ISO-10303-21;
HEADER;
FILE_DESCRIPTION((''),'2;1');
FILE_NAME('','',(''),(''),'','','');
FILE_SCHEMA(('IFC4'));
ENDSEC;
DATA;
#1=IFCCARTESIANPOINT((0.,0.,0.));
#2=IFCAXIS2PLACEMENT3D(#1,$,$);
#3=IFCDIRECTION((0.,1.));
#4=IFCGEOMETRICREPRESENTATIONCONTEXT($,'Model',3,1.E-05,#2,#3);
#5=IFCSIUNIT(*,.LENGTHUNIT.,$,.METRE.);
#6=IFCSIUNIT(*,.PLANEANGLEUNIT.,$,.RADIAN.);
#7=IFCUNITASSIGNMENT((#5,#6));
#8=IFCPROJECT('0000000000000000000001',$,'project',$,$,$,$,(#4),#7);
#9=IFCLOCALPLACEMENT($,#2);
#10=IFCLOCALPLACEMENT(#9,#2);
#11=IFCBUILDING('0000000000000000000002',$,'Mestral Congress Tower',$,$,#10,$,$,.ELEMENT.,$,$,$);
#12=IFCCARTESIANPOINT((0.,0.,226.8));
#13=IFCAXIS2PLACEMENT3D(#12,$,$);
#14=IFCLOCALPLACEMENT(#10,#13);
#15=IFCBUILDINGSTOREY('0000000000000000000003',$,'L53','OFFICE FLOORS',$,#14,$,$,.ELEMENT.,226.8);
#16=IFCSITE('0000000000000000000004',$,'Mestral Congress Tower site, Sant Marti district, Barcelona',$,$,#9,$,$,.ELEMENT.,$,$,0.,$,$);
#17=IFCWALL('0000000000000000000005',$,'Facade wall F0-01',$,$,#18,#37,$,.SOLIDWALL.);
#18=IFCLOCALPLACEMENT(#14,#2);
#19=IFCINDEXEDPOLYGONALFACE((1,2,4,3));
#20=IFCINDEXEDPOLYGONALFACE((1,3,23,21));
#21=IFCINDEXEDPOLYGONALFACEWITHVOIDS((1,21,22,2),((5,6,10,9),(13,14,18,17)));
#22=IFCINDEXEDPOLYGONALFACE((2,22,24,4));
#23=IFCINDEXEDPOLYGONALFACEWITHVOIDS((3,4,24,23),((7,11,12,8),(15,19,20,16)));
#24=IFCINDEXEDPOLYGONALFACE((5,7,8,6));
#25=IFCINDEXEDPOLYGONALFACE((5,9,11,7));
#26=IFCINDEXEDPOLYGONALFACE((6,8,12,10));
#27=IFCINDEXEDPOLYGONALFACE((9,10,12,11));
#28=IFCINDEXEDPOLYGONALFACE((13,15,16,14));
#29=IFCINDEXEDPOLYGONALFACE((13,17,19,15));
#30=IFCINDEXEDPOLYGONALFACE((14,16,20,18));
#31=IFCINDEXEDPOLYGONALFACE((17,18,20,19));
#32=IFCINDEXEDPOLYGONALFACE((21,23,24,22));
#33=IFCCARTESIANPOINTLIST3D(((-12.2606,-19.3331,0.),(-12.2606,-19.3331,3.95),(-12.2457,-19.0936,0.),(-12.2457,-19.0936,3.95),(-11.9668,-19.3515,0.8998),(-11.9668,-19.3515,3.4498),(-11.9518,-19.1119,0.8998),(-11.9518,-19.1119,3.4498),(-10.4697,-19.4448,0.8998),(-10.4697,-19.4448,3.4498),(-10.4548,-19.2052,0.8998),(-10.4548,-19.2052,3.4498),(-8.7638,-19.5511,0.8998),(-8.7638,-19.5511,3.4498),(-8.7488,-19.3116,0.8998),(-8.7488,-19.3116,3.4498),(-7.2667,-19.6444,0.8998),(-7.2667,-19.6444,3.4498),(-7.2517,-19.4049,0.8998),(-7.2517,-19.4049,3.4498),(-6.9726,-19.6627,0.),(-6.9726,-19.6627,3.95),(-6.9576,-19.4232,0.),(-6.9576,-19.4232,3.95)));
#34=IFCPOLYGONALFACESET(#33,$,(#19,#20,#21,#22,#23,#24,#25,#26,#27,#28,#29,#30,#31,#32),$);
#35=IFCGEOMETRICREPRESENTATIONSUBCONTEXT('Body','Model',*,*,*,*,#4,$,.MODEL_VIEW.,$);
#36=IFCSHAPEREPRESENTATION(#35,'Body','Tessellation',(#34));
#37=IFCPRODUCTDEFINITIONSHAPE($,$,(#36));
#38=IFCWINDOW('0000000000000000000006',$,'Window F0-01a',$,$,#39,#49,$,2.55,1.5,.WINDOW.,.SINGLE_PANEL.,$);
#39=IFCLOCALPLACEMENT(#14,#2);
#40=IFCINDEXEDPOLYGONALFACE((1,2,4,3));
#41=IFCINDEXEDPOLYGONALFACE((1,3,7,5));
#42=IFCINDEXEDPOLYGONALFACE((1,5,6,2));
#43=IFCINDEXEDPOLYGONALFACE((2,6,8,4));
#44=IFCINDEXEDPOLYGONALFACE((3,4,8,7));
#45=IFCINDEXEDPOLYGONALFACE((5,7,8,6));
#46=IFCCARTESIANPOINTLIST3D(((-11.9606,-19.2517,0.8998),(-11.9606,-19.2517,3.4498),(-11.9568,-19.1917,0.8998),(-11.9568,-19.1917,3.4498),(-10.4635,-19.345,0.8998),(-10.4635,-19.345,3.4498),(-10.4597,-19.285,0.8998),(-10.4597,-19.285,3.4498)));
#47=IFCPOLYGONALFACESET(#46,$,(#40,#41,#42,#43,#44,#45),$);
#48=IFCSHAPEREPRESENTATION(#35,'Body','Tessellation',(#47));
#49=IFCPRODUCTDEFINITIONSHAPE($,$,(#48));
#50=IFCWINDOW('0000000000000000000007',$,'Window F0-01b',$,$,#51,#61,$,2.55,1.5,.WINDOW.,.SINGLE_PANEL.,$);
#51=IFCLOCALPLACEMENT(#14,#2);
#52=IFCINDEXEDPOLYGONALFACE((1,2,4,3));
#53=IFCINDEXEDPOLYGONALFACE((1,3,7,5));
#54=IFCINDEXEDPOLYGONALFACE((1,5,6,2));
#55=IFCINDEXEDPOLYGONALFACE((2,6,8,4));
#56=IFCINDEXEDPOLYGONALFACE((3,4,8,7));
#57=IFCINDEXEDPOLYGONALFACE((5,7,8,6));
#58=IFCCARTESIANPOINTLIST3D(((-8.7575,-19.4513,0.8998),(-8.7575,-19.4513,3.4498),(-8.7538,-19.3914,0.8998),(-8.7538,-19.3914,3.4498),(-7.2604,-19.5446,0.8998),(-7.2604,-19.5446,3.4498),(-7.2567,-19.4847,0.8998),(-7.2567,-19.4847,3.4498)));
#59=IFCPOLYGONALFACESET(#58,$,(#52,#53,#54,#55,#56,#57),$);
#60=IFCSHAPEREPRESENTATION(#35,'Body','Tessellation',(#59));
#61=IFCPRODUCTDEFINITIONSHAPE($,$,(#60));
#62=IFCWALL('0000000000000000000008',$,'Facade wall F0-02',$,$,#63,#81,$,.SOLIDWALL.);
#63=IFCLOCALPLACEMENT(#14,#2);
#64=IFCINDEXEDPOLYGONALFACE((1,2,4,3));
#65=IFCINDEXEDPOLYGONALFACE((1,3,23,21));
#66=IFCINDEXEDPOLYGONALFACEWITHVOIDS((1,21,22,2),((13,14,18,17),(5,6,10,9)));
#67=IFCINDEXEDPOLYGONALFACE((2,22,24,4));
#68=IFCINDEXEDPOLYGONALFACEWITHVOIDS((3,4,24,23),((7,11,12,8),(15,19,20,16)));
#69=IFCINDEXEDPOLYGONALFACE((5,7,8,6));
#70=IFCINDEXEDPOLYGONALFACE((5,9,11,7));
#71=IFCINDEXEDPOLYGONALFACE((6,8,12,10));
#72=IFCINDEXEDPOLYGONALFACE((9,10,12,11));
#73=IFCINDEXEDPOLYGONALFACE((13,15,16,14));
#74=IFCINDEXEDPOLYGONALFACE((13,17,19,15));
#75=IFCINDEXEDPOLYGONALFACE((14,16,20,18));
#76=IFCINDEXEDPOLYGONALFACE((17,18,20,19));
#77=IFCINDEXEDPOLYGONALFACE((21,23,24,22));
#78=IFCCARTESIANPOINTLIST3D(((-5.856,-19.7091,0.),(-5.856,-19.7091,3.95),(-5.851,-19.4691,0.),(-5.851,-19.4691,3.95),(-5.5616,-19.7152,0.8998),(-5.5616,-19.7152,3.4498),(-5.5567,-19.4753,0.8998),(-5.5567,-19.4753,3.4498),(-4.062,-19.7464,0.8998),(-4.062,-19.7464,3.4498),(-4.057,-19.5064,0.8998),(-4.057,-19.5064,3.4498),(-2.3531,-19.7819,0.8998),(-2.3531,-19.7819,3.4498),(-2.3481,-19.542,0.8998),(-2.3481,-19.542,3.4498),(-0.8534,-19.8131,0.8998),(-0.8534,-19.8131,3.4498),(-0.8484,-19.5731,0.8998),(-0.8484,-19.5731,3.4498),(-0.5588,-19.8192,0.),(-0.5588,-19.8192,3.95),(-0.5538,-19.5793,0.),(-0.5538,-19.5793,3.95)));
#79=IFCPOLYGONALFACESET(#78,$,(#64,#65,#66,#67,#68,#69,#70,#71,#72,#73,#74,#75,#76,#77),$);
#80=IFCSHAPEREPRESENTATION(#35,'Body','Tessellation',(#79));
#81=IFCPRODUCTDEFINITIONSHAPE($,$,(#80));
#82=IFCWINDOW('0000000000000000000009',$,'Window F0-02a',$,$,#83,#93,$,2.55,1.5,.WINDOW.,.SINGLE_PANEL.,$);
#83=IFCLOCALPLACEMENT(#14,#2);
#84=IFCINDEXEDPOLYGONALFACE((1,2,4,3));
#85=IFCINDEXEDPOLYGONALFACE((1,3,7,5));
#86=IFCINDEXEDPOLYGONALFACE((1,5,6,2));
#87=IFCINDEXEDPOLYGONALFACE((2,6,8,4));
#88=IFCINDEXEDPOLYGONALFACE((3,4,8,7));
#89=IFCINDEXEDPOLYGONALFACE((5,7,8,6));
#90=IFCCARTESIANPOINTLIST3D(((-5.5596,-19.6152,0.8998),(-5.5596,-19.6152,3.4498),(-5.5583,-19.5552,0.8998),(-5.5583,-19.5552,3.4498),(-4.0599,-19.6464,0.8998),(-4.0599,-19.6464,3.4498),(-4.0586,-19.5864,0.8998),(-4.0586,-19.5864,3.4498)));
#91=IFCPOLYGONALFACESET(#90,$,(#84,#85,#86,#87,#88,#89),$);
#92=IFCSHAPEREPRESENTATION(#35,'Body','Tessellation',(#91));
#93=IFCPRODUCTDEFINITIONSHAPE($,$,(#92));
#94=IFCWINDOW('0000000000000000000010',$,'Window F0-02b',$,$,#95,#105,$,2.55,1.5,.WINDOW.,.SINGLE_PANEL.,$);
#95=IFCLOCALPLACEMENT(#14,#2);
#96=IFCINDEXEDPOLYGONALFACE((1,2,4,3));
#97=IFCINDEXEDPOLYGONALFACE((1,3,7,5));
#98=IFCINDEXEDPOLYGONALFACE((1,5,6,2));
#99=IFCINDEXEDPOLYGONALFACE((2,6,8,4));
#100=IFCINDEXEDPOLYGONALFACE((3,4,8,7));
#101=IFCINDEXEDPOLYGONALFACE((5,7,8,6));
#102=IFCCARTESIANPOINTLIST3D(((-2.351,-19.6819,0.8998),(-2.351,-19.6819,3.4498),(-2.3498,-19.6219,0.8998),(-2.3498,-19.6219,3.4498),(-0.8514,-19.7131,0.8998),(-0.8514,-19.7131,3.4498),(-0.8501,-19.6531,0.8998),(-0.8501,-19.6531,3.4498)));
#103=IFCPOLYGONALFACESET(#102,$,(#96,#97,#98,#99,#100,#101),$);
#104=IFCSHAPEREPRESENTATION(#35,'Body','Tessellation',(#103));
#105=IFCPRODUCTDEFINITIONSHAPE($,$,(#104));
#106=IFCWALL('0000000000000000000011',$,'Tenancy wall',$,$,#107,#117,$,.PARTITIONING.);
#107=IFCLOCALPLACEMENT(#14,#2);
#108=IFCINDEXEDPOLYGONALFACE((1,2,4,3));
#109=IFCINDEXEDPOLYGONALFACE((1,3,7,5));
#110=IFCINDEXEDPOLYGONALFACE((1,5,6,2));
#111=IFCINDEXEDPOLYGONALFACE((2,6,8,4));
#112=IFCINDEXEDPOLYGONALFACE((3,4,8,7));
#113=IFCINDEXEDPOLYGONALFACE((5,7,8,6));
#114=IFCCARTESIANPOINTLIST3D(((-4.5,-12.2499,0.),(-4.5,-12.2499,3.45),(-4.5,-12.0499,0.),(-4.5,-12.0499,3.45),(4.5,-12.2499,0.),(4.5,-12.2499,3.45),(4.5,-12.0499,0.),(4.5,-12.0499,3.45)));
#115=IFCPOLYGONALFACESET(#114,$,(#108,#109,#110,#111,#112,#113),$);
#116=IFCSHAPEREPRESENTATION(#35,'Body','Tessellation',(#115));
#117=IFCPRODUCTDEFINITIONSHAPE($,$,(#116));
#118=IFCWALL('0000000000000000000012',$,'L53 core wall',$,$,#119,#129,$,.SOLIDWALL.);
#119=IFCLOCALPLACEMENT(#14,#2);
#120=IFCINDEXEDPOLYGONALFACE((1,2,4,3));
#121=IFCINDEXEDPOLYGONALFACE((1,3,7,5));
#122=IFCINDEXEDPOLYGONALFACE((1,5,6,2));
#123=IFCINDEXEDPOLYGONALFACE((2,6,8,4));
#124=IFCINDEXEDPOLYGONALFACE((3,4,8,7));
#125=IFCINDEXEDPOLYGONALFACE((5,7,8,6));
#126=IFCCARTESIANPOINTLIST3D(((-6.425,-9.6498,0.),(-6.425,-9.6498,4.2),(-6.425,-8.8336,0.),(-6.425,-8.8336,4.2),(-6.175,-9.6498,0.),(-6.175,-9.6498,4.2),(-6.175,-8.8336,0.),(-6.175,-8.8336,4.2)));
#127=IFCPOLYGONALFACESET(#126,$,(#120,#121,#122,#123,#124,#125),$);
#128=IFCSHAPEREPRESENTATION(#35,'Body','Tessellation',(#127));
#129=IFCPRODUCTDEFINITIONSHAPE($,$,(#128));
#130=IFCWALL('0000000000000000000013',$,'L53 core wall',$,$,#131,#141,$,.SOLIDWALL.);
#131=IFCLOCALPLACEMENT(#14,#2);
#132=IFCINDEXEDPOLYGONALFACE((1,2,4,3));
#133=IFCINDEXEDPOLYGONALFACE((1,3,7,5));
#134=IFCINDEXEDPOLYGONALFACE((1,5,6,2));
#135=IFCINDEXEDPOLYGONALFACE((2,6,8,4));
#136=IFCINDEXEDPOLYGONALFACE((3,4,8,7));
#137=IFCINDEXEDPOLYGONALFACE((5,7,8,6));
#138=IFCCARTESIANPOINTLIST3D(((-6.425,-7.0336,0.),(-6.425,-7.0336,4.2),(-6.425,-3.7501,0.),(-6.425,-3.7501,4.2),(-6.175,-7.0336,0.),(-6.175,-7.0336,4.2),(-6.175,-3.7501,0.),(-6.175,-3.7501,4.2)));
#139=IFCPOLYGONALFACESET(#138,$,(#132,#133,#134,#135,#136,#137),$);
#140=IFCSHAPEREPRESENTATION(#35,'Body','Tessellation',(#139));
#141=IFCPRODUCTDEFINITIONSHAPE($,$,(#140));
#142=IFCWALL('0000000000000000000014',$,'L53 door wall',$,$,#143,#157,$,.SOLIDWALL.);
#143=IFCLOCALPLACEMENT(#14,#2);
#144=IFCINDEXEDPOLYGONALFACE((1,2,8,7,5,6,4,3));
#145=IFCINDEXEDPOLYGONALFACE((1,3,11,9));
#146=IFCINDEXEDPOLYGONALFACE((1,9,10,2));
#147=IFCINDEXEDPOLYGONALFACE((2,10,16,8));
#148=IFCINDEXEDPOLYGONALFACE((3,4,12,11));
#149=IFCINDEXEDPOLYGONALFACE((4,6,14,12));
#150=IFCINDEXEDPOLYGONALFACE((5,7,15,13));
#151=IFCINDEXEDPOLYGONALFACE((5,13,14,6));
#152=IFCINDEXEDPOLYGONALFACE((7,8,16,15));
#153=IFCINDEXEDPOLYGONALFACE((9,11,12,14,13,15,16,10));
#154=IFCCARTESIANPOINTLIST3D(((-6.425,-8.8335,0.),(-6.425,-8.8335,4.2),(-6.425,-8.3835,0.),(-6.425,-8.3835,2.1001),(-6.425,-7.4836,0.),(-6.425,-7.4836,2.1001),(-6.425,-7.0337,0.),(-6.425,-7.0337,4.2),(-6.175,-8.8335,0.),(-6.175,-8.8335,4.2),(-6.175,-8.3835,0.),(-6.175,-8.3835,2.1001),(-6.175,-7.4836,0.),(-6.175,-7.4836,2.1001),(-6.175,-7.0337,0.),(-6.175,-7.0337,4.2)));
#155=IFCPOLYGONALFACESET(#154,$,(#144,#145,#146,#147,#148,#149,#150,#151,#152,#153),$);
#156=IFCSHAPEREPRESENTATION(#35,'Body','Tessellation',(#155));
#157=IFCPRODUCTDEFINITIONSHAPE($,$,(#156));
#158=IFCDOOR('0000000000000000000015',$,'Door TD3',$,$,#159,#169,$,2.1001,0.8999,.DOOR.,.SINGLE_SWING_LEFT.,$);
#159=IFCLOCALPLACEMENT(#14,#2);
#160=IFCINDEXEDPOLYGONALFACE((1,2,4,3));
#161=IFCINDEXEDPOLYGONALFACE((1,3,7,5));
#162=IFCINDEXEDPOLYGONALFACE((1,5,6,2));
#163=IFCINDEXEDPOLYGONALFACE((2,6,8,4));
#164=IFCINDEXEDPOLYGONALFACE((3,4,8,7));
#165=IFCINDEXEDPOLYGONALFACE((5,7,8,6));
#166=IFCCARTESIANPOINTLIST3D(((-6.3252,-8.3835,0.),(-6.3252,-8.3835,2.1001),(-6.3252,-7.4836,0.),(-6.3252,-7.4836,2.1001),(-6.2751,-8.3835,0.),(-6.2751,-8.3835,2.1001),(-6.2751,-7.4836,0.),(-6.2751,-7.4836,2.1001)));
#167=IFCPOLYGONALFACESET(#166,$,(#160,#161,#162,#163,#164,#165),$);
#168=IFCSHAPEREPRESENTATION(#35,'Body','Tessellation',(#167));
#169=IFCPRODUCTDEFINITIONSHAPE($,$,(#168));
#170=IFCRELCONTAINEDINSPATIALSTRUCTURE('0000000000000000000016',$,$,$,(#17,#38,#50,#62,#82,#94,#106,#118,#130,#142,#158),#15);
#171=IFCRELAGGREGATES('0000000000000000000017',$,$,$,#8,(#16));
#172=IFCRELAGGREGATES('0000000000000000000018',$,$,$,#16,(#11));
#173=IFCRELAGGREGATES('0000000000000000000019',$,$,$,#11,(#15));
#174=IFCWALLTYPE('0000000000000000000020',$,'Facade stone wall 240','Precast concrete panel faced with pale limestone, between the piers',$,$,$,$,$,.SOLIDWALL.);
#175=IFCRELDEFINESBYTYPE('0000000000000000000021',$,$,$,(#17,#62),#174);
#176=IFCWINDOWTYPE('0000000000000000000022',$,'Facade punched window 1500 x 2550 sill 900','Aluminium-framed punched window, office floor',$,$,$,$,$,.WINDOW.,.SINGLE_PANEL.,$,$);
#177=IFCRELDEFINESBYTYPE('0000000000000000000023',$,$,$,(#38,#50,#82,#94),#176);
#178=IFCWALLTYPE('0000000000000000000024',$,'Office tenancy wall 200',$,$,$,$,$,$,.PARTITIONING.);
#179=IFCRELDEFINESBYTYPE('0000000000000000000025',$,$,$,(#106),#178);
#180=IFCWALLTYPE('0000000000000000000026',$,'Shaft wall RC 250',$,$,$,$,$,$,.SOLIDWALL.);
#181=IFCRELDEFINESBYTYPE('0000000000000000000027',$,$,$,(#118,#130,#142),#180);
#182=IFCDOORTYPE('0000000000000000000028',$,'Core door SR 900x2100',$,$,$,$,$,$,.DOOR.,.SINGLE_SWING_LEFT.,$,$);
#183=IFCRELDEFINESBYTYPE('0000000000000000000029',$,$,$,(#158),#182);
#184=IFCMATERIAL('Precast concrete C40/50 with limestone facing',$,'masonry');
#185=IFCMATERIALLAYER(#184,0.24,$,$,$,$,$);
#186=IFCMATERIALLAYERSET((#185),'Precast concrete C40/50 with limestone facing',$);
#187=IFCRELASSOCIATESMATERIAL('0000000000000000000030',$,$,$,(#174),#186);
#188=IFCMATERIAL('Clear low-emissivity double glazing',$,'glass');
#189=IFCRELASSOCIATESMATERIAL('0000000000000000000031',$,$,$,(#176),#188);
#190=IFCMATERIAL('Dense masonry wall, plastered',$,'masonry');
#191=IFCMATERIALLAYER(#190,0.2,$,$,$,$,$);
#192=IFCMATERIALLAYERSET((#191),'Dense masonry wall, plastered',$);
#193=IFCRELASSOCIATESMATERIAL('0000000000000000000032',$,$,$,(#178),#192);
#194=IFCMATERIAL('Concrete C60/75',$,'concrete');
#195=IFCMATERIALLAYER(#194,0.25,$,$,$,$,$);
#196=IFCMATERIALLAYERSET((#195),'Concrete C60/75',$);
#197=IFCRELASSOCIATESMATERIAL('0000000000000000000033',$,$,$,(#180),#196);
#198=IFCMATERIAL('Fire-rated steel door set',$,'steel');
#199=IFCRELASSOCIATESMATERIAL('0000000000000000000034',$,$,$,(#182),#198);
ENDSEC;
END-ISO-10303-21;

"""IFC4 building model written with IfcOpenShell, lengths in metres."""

from ifc_helpers import new_model, si_unit, direction, frame, frame_2d, origin, place, context, subcontext, project, spatial, rectangle, extrude, material, layer, layer_set, type_object, element, fill, save


model = new_model("IFC4")

# Units and contexts
model_context = context("Model", 3, precision=1e-05, world=origin(), true_north=direction((0.0, 1.0)))
body_context = subcontext(model_context, "Body", "Model", "MODEL_VIEW")
ifc_project = project(units=[si_unit("LENGTHUNIT", "METRE"), si_unit("PLANEANGLEUNIT", "RADIAN")], contexts=[model_context])

# Site, building, storey
site_placement = place(None, origin())
site = spatial("IfcSite", under=ifc_project, at=site_placement, Name="Mestral Congress Tower site, Sant Marti district, Barcelona", CompositionType="ELEMENT", RefElevation=0.0)
building_placement = place(site_placement, origin())
building = spatial("IfcBuilding", under=site, at=building_placement, Name="Mestral Congress Tower", CompositionType="ELEMENT")
storey_placement = place(building_placement, frame((0.0, 0.0, 226.8)))
storey = spatial("IfcBuildingStorey", under=building, at=storey_placement, Name="L53", Description="OFFICE FLOORS", CompositionType="ELEMENT", Elevation=226.8)

# Shared definitions
ifc_material_1 = material(Name="Concrete C60/75", Category="concrete")

# Walls, openings, windows
ifc_material_2 = material(Name="Precast concrete C40/50 with limestone facing", Category="masonry")
ifc_layer_1 = layer(ifc_material_2, 0.24)
ifc_layer_set_1 = layer_set([ifc_layer_1], Name="Precast concrete C40/50 with limestone facing")
wall_type_1 = type_object("IfcWallType", Name="Facade stone wall 240", Description="Precast concrete panel faced with pale limestone, between the piers", PredefinedType="SOLIDWALL", material=ifc_layer_set_1)
wall_1_placement = place(storey_placement, frame((-12.2532, -19.2134, 0.0), z_axis=(0.0, 0.0, 1.0), x_axis=(0.998063, -0.062206, 0.0)))
wall_1 = element("IfcWall", 1, at=wall_1_placement, inside=storey, type_object=wall_type_1, Name="Facade wall F0-01", PredefinedType="SOLIDWALL", context=body_context, shape_type="SweptSolid", body=[
    extrude(rectangle(XDim=5.2983, YDim=0.24, at=frame_2d((2.6492, 0.0))), origin(), (0.0, 0.0, 1.0), 3.95),
])
opening_1_placement = place(wall_1_placement, frame((0.2944, 0.0, 0.8999)))
opening_1 = element("IfcOpeningElement", 2, at=opening_1_placement, cuts=wall_1, PredefinedType="OPENING", context=body_context, shape_type="SweptSolid", body=[
    extrude(rectangle(XDim=1.5, YDim=2.55, at=frame_2d((0.75, 1.2749))), frame((0.0, 0.1299, 0.0), z_axis=(0.0, -1.0, 0.0), x_axis=(1.0, 0.0, 0.0)), (0.0, 0.0, 1.0), 0.26),
])
opening_2_placement = place(wall_1_placement, frame((3.5037, 0.0, 0.8999)))
opening_2 = element("IfcOpeningElement", 3, at=opening_2_placement, cuts=wall_1, PredefinedType="OPENING", context=body_context, shape_type="SweptSolid", body=[
    extrude(rectangle(XDim=1.5, YDim=2.55, at=frame_2d((0.75, 1.2749))), frame((0.0, 0.1299, 0.0), z_axis=(0.0, -1.0, 0.0), x_axis=(1.0, 0.0, 0.0)), (0.0, 0.0, 1.0), 0.26),
])
ifc_material_3 = material(Name="Clear low-emissivity double glazing", Category="glass")
window_type = type_object("IfcWindowType", Name="Facade punched window 1500 x 2550 sill 900", Description="Aluminium-framed punched window, office floor", PartitioningType="SINGLE_PANEL", PredefinedType="WINDOW", material=ifc_material_3)
window_1_placement = place(opening_1_placement, origin())
window_1 = element("IfcWindow", 4, at=window_1_placement, inside=storey, type_object=window_type, Name="Window F0-01a", OverallHeight=2.55, OverallWidth=1.5, PartitioningType="SINGLE_PANEL", PredefinedType="WINDOW", context=body_context, shape_type="SweptSolid", body=[
    extrude(rectangle(XDim=1.5, YDim=2.55, at=frame_2d((0.75, 1.2749))), frame((0.0, 0.04, 0.0), z_axis=(0.0, -1.0, 0.0), x_axis=(1.0, 0.0, 0.0)), (0.0, 0.0, 1.0), 0.0601),
])
fill(opening_1, window_1)
window_2_placement = place(opening_2_placement, origin())
window_2 = element("IfcWindow", 5, at=window_2_placement, inside=storey, type_object=window_type, Name="Window F0-01b", OverallHeight=2.55, OverallWidth=1.5, PartitioningType="SINGLE_PANEL", PredefinedType="WINDOW", context=body_context, shape_type="SweptSolid", body=[
    extrude(rectangle(XDim=1.5, YDim=2.55, at=frame_2d((0.75, 1.2749))), frame((0.0, 0.04, 0.0), z_axis=(0.0, -1.0, 0.0), x_axis=(1.0, 0.0, 0.0)), (0.0, 0.0, 1.0), 0.0601),
])
fill(opening_2, window_2)
wall_2_placement = place(storey_placement, frame((-5.8535, -19.5891, 0.0), z_axis=(0.0, 0.0, 1.0), x_axis=(0.999784, -0.020782, 0.0)))
wall_2 = element("IfcWall", 6, at=wall_2_placement, inside=storey, type_object=wall_type_1, Name="Facade wall F0-02", PredefinedType="SOLIDWALL", context=body_context, shape_type="SweptSolid", body=[
    extrude(rectangle(XDim=5.2983, YDim=0.24, at=frame_2d((2.6492, 0.0))), origin(), (0.0, 0.0, 1.0), 3.95),
])
opening_3_placement = place(wall_2_placement, frame((0.2944, 0.0, 0.8999)))
opening_3 = element("IfcOpeningElement", 7, at=opening_3_placement, cuts=wall_2, PredefinedType="OPENING", context=body_context, shape_type="SweptSolid", body=[
    extrude(rectangle(XDim=1.5, YDim=2.55, at=frame_2d((0.75, 1.2749))), frame((0.0, 0.1299, 0.0), z_axis=(0.0, -1.0, 0.0), x_axis=(1.0, 0.0, 0.0)), (0.0, 0.0, 1.0), 0.26),
])
opening_4_placement = place(wall_2_placement, frame((3.5037, 0.0, 0.8999)))
opening_4 = element("IfcOpeningElement", 8, at=opening_4_placement, cuts=wall_2, PredefinedType="OPENING", context=body_context, shape_type="SweptSolid", body=[
    extrude(rectangle(XDim=1.5, YDim=2.55, at=frame_2d((0.75, 1.2749))), frame((0.0, 0.1299, 0.0), z_axis=(0.0, -1.0, 0.0), x_axis=(1.0, 0.0, 0.0)), (0.0, 0.0, 1.0), 0.26),
])
window_3_placement = place(opening_3_placement, origin())
window_3 = element("IfcWindow", 9, at=window_3_placement, inside=storey, type_object=window_type, Name="Window F0-02a", OverallHeight=2.55, OverallWidth=1.5, PartitioningType="SINGLE_PANEL", PredefinedType="WINDOW", context=body_context, shape_type="SweptSolid", body=[
    extrude(rectangle(XDim=1.5, YDim=2.55, at=frame_2d((0.75, 1.2749))), frame((0.0, 0.04, 0.0), z_axis=(0.0, -1.0, 0.0), x_axis=(1.0, 0.0, 0.0)), (0.0, 0.0, 1.0), 0.0601),
])
fill(opening_3, window_3)
window_4_placement = place(opening_4_placement, origin())
window_4 = element("IfcWindow", 10, at=window_4_placement, inside=storey, type_object=window_type, Name="Window F0-02b", OverallHeight=2.55, OverallWidth=1.5, PartitioningType="SINGLE_PANEL", PredefinedType="WINDOW", context=body_context, shape_type="SweptSolid", body=[
    extrude(rectangle(XDim=1.5, YDim=2.55, at=frame_2d((0.75, 1.2749))), frame((0.0, 0.04, 0.0), z_axis=(0.0, -1.0, 0.0), x_axis=(1.0, 0.0, 0.0)), (0.0, 0.0, 1.0), 0.0601),
])
fill(opening_4, window_4)

# Walls
ifc_material_4 = material(Name="Dense masonry wall, plastered", Category="masonry")
ifc_layer_2 = layer(ifc_material_4, 0.2)
ifc_layer_set_2 = layer_set([ifc_layer_2], Name="Dense masonry wall, plastered")
wall_type_2 = type_object("IfcWallType", Name="Office tenancy wall 200", PredefinedType="PARTITIONING", material=ifc_layer_set_2)
wall_3_placement = place(storey_placement, frame((-4.5, -12.1499, 0.0), z_axis=(0.0, 0.0, 1.0), x_axis=(1.0, 0.0, 0.0)))
element("IfcWall", 11, at=wall_3_placement, inside=storey, type_object=wall_type_2, Name="Tenancy wall", PredefinedType="PARTITIONING", context=body_context, shape_type="SweptSolid", body=[
    extrude(rectangle(XDim=9.0, YDim=0.2, at=frame_2d((4.5, 0.0))), origin(), (0.0, 0.0, 1.0), 3.45),
])
ifc_layer_3 = layer(ifc_material_1, 0.25)
ifc_layer_set_3 = layer_set([ifc_layer_3], Name="Concrete C60/75")
wall_type_3 = type_object("IfcWallType", Name="Shaft wall RC 250", PredefinedType="SOLIDWALL", material=ifc_layer_set_3)
wall_4_placement = place(storey_placement, frame((-6.3, -9.6499, 0.0), z_axis=(0.0, 0.0, 1.0), x_axis=(0.0, 1.0, 0.0)))
element("IfcWall", 12, at=wall_4_placement, inside=storey, type_object=wall_type_3, Name="L53 core wall", PredefinedType="SOLIDWALL", context=body_context, shape_type="SweptSolid", body=[
    extrude(rectangle(XDim=0.8162, YDim=0.25, at=frame_2d((0.4082, 0.0))), origin(), (0.0, 0.0, 1.0), 4.2),
])
wall_5_placement = place(storey_placement, frame((-6.3, -7.0334, 0.0), z_axis=(0.0, 0.0, 1.0), x_axis=(0.0, 1.0, 0.0)))
element("IfcWall", 13, at=wall_5_placement, inside=storey, type_object=wall_type_3, Name="L53 core wall", PredefinedType="SOLIDWALL", context=body_context, shape_type="SweptSolid", body=[
    extrude(rectangle(XDim=3.2834, YDim=0.25, at=frame_2d((1.6416, 0.0))), origin(), (0.0, 0.0, 1.0), 4.2),
])

# Wall, opening, door
wall_6_placement = place(storey_placement, frame((-6.3, -7.0337, 0.0), z_axis=(0.0, 0.0, 1.0), x_axis=(0.0, -1.0, 0.0)))
wall_6 = element("IfcWall", 14, at=wall_6_placement, inside=storey, type_object=wall_type_3, Name="L53 door wall", PredefinedType="SOLIDWALL", context=body_context, shape_type="SweptSolid", body=[
    extrude(rectangle(XDim=1.7998, YDim=0.25, at=frame_2d((0.8999, 0.0))), origin(), (0.0, 0.0, 1.0), 4.2),
])
opening_5_placement = place(wall_6_placement, frame((0.45, 0.0, 0.0)))
opening_5 = element("IfcOpeningElement", 15, at=opening_5_placement, cuts=wall_6, PredefinedType="OPENING", context=body_context, shape_type="SweptSolid", body=[
    extrude(rectangle(XDim=0.8999, YDim=2.1001, at=frame_2d((0.45, 1.05))), frame((0.0, 0.135, 0.0), z_axis=(0.0, -1.0, 0.0), x_axis=(1.0, 0.0, 0.0)), (0.0, 0.0, 1.0), 0.27),
])
ifc_material_5 = material(Name="Fire-rated steel door set", Category="steel")
door_type = type_object("IfcDoorType", Name="Core door SR 900x2100", OperationType="SINGLE_SWING_LEFT", PredefinedType="DOOR", material=ifc_material_5)
door_placement = place(opening_5_placement, origin())
door = element("IfcDoor", 16, at=door_placement, inside=storey, type_object=door_type, Name="Door TD3", OperationType="SINGLE_SWING_LEFT", OverallHeight=2.1001, OverallWidth=0.8999, PredefinedType="DOOR", context=body_context, shape_type="SweptSolid", body=[
    extrude(rectangle(XDim=0.8999, YDim=2.1001, at=frame_2d((0.45, 1.05))), frame((0.0, 0.0249, 0.0), z_axis=(0.0, -1.0, 0.0), x_axis=(1.0, 0.0, 0.0)), (0.0, 0.0, 1.0), 0.05),
])
fill(opening_5, door)

save(model, "model.ifc")
